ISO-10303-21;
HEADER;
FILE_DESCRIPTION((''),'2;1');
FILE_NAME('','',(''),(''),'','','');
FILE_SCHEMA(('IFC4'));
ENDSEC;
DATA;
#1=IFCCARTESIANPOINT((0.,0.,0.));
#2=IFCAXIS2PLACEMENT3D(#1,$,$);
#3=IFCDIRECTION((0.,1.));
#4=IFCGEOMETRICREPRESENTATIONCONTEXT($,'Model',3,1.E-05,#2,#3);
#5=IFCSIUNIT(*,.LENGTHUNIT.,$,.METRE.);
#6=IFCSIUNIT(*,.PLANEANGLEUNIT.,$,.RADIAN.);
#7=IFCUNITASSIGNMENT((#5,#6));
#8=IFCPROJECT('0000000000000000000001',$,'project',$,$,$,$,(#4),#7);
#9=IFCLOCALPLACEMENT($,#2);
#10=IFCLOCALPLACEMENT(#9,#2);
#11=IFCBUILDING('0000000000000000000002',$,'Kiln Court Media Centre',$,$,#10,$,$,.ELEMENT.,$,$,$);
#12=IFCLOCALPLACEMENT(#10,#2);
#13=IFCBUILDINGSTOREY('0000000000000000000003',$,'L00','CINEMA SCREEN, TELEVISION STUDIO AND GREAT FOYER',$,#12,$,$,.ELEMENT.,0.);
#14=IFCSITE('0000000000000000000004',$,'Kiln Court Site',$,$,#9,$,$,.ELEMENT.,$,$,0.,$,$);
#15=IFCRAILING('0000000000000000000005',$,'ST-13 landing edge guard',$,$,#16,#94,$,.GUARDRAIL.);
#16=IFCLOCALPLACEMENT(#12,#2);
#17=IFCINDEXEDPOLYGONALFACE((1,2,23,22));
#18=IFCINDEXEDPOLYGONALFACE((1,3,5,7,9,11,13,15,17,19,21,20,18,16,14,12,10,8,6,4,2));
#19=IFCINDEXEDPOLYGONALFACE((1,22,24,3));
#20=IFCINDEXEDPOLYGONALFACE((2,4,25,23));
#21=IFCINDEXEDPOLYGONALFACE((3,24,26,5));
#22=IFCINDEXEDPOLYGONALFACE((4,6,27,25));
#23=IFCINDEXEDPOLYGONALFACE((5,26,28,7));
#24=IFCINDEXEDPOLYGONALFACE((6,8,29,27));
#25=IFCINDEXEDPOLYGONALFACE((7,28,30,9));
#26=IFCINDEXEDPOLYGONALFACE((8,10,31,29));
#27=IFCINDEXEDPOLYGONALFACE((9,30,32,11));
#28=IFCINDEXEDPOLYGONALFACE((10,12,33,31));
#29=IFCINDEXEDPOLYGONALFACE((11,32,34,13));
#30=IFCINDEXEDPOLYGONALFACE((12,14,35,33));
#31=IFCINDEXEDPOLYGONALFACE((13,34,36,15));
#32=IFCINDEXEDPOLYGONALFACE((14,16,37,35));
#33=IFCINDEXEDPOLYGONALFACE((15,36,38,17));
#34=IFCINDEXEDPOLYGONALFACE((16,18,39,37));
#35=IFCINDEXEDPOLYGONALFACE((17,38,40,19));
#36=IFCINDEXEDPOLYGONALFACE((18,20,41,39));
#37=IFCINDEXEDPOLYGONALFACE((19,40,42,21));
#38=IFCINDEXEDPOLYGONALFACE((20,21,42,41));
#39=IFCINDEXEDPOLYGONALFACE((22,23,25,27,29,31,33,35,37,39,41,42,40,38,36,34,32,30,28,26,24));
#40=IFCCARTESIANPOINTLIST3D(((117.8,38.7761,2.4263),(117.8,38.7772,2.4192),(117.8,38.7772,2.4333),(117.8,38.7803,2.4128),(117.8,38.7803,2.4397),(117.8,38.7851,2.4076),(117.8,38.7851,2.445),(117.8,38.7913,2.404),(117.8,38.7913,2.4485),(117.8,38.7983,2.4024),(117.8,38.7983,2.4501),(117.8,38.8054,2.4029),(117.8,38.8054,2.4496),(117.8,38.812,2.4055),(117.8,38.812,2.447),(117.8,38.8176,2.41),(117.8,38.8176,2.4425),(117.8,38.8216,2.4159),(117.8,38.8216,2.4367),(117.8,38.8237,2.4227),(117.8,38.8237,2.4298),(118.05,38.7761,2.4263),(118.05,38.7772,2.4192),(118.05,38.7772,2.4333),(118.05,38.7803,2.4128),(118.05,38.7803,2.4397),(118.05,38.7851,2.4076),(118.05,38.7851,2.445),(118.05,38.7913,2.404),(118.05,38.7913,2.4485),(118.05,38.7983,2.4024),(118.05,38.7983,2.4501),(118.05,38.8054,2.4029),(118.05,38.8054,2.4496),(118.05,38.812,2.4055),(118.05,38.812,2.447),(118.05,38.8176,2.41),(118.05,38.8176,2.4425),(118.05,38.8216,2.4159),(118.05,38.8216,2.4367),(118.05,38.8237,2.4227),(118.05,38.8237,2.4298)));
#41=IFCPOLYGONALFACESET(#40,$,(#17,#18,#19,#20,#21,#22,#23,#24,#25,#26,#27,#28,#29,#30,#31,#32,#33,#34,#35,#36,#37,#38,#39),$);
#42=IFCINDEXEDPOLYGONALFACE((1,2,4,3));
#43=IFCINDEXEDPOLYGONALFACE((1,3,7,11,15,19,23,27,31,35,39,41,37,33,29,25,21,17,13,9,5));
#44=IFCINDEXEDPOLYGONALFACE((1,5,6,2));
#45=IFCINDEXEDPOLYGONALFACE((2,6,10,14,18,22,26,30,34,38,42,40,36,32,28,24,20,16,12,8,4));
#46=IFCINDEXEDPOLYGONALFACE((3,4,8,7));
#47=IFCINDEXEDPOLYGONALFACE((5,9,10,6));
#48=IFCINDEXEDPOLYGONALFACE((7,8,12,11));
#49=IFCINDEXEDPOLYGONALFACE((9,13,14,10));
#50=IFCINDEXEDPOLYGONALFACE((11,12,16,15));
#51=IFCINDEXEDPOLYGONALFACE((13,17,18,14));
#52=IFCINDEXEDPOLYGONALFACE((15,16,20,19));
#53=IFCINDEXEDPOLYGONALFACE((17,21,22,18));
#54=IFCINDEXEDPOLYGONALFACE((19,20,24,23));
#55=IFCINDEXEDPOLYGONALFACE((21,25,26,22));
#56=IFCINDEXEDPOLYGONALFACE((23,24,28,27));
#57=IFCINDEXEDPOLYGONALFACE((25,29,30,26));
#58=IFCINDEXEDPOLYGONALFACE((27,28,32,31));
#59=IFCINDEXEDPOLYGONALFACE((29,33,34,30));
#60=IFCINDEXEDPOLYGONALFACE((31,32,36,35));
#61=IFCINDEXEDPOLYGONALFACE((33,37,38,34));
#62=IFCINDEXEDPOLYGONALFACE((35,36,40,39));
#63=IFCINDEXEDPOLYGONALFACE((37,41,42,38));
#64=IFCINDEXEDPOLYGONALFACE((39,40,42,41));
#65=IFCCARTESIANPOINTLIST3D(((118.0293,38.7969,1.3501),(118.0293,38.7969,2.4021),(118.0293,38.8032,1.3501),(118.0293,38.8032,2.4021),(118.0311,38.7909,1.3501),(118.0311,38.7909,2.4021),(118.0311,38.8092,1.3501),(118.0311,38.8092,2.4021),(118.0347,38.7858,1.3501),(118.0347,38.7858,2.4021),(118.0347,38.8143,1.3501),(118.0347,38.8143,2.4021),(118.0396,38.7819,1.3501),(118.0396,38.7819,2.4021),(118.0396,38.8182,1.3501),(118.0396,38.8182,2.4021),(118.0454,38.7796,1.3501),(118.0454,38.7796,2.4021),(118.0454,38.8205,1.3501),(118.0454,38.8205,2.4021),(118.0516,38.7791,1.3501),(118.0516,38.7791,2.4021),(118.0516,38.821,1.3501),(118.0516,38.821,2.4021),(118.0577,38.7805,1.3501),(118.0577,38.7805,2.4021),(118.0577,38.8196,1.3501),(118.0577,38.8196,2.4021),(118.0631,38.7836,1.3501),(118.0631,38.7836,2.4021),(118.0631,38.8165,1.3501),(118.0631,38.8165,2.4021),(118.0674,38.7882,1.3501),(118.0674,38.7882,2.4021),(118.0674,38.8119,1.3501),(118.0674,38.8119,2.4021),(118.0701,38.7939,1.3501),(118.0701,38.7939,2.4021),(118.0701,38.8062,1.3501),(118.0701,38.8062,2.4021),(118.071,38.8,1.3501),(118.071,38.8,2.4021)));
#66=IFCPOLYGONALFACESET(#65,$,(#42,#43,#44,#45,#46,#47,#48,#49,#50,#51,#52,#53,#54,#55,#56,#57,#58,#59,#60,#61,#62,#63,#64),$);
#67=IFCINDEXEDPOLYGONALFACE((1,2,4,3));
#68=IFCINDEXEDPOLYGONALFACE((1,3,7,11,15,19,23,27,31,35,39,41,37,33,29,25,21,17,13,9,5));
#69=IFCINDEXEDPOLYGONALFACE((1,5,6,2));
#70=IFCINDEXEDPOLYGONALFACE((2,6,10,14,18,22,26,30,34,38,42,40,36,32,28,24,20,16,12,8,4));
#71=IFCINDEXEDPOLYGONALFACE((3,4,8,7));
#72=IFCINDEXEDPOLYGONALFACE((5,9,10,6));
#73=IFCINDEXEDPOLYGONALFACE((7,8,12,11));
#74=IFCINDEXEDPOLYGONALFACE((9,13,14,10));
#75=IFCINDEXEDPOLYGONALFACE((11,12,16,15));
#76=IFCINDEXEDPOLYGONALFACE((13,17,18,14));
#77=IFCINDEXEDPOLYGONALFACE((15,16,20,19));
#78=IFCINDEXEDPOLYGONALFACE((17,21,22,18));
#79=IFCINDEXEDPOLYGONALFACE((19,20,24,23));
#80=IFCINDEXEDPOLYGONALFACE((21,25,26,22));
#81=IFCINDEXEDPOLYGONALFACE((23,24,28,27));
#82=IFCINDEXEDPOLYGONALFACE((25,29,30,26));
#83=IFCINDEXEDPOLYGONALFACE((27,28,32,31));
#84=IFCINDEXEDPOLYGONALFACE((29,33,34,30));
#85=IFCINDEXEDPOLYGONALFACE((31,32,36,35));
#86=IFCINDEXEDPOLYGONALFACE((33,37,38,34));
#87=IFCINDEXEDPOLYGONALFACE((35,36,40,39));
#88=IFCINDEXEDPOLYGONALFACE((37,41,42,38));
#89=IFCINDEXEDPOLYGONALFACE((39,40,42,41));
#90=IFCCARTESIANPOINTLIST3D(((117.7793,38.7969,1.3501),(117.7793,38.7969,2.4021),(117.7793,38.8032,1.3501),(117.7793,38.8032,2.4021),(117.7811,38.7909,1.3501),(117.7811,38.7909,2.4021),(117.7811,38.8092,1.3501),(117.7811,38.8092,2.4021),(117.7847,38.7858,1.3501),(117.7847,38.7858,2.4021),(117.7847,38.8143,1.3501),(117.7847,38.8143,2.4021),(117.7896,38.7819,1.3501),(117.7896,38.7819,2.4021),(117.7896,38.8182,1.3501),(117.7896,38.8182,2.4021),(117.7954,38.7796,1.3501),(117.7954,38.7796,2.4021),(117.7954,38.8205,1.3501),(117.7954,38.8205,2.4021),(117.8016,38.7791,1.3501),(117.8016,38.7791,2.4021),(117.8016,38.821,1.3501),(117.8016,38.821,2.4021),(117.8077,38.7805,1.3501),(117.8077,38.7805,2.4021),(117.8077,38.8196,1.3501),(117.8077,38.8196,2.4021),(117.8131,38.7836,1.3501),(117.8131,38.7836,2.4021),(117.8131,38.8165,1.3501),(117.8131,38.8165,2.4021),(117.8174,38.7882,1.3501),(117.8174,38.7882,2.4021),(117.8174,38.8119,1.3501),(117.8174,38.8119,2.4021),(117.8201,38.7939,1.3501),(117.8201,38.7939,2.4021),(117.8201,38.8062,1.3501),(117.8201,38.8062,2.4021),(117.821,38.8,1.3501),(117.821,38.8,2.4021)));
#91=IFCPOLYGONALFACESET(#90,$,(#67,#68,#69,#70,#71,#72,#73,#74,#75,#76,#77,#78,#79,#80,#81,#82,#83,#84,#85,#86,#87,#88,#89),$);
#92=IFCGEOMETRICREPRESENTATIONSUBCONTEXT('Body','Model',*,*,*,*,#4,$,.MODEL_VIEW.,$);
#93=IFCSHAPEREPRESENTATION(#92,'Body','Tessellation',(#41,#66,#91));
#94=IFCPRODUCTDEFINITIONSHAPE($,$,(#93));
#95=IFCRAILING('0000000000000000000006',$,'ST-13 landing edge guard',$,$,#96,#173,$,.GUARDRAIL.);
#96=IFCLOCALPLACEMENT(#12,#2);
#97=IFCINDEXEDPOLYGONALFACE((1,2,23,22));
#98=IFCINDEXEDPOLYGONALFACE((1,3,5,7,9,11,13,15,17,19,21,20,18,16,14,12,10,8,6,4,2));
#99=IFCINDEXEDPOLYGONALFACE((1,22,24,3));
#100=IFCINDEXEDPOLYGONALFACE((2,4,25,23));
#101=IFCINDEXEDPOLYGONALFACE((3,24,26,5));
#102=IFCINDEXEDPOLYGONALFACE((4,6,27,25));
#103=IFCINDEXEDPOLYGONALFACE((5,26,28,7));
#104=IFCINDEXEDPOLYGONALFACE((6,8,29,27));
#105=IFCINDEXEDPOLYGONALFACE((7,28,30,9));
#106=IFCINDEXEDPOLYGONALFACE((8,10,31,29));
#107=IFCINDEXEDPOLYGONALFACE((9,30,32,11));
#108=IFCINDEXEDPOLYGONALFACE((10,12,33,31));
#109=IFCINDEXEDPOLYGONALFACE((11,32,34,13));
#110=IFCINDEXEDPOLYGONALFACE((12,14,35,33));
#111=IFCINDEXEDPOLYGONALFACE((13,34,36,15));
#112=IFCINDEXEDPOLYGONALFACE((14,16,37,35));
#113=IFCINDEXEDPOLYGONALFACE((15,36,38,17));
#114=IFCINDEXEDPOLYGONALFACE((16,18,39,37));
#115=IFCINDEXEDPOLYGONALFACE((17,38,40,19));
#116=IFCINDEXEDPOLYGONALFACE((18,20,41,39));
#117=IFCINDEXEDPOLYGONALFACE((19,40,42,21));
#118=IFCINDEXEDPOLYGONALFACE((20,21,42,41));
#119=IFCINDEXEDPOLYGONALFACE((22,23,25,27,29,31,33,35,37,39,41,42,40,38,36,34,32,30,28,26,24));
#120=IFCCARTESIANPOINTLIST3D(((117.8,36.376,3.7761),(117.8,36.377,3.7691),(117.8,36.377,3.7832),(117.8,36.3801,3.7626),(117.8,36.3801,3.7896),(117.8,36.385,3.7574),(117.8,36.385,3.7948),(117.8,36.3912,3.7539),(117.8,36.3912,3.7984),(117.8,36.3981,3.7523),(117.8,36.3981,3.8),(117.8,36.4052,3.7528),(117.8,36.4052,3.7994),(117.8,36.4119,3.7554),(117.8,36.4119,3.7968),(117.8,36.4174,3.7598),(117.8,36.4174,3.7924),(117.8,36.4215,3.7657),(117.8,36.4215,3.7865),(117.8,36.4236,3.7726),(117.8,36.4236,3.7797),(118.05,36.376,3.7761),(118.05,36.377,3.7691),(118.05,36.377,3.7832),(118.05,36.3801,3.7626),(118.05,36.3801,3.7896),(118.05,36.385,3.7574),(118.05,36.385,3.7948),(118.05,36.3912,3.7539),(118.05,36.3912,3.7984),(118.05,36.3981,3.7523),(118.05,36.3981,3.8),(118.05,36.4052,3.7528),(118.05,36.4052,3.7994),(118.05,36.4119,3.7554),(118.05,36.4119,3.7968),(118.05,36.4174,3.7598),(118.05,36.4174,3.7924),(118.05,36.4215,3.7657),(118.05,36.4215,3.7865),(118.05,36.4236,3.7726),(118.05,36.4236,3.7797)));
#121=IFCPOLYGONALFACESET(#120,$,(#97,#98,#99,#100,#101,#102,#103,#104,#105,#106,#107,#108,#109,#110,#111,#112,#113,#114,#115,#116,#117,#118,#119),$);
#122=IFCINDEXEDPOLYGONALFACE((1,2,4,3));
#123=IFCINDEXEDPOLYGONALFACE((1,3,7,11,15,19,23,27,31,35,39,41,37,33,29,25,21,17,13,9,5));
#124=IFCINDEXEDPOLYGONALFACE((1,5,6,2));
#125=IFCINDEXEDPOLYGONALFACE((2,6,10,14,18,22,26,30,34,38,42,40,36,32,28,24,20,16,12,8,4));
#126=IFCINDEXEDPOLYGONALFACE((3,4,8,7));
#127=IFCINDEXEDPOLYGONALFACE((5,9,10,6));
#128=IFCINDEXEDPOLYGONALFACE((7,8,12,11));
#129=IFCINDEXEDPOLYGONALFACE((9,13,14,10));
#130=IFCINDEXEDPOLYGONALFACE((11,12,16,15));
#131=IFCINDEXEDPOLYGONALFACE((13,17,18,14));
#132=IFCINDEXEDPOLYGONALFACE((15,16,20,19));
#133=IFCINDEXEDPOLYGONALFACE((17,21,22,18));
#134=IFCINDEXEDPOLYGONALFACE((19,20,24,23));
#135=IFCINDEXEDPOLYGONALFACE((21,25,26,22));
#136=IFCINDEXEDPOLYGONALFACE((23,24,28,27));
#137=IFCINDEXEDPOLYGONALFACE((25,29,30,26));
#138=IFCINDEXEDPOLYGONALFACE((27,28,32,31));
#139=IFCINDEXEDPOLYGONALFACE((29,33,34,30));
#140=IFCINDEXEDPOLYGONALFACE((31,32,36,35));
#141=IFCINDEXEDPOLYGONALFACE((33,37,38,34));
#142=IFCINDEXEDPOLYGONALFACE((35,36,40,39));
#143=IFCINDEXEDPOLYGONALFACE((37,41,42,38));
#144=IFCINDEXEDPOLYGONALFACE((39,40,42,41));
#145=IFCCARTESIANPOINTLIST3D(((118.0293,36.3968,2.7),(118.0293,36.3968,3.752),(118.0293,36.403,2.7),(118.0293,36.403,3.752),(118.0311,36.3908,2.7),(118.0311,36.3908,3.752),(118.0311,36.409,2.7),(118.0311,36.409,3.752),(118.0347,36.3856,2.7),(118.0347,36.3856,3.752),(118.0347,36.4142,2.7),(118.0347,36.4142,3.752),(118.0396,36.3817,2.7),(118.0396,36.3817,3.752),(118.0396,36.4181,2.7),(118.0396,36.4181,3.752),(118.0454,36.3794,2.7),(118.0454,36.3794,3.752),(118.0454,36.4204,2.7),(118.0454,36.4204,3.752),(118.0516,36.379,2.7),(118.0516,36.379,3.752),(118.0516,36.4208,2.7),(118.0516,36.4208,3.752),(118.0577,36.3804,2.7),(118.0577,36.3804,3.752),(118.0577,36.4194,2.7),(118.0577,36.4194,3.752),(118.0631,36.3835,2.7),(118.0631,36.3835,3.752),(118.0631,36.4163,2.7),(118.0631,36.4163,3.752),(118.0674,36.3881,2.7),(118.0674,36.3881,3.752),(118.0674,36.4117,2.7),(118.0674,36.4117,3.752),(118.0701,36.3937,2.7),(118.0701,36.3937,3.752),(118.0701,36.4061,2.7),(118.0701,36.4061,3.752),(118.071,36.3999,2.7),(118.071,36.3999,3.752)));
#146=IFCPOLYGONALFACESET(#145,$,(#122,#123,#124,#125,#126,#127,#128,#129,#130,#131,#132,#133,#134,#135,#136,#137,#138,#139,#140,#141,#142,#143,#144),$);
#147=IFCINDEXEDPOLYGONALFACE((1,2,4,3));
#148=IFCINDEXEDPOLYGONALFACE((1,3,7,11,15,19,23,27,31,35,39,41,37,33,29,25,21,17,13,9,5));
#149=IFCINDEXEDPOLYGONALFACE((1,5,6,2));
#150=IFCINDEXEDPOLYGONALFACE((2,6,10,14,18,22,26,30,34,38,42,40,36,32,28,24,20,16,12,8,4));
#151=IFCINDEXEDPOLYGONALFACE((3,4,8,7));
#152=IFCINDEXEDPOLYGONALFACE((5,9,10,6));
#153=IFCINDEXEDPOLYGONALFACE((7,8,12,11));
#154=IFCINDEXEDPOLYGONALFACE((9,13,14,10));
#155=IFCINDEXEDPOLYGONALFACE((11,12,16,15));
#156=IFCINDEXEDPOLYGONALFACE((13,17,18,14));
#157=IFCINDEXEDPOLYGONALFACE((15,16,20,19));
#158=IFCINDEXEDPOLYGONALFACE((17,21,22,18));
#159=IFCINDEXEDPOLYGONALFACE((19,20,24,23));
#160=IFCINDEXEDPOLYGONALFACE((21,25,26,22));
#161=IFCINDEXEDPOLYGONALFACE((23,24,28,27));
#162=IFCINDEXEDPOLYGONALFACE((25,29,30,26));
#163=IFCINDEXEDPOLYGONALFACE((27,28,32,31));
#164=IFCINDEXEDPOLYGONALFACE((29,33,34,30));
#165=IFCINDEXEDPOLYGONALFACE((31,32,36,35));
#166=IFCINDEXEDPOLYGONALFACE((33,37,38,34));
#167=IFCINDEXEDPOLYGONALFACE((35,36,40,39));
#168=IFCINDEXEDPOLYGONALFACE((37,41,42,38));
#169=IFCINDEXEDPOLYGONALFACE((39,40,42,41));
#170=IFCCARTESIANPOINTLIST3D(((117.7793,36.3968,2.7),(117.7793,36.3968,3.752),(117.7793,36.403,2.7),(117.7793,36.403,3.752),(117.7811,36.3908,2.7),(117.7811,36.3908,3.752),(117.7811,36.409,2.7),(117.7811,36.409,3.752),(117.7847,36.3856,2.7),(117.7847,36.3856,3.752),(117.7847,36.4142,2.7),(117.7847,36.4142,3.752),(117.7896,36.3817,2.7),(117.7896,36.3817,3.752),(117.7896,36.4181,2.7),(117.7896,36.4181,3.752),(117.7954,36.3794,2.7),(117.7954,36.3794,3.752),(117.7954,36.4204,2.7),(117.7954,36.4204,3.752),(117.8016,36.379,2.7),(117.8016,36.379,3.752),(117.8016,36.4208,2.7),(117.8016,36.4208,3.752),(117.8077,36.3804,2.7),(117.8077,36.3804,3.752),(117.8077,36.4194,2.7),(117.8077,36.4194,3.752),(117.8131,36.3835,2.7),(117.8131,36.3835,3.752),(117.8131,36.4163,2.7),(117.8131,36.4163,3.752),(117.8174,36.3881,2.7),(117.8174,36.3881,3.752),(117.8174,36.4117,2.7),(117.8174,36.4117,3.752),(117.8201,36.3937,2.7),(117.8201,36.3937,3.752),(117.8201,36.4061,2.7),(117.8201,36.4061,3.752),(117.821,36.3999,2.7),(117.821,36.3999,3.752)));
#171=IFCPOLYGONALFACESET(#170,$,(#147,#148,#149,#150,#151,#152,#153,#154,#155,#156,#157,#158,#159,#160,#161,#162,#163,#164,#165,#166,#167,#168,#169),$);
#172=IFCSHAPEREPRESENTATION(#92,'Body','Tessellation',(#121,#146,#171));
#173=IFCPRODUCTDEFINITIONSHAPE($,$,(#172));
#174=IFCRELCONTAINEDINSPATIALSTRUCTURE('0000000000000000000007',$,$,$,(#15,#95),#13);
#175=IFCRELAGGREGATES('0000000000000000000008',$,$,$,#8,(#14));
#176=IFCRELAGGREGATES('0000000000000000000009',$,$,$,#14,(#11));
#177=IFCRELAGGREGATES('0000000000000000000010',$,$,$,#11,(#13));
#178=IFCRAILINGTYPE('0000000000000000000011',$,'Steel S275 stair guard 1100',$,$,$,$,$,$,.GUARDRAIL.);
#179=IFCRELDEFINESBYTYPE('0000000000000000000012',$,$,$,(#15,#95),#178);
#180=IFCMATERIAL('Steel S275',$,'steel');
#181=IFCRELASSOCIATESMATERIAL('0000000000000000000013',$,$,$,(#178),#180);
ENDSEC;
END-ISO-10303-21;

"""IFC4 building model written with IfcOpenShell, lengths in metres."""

from ifc_helpers import new_model, si_unit, direction, frame, origin, origin_2d, place, context, subcontext, project, spatial, circle, extrude, material, type_object, element, save


model = new_model("IFC4")

# Units and contexts
model_context = context("Model", 3, precision=1e-05, world=origin(), true_north=direction((0.0, 1.0)))
body_context = subcontext(model_context, "Body", "Model", "MODEL_VIEW")
ifc_project = project(units=[si_unit("LENGTHUNIT", "METRE"), si_unit("PLANEANGLEUNIT", "RADIAN")], contexts=[model_context])

# Site, building, storey
site_placement = place(None, origin())
site = spatial("IfcSite", under=ifc_project, at=site_placement, Name="Kiln Court Site", CompositionType="ELEMENT", RefElevation=0.0)
building_placement = place(site_placement, origin())
building = spatial("IfcBuilding", under=site, at=building_placement, Name="Kiln Court Media Centre", CompositionType="ELEMENT")
storey_placement = place(building_placement, origin())
storey = spatial("IfcBuildingStorey", under=building, at=storey_placement, Name="L00", Description="CINEMA SCREEN, TELEVISION STUDIO AND GREAT FOYER", CompositionType="ELEMENT", Elevation=0.0)

# Railings
ifc_material_1 = material(Name="Steel S275", Category="steel")
railing_type_1 = type_object("IfcRailingType", Name="Steel S275 stair guard 1100", PredefinedType="GUARDRAIL", material=ifc_material_1)
for number, where, name in (
    (1, (118.05, 38.8, 1.3501), "ST-13 landing edge guard"),
    (2, (118.05, 36.3999, 2.7), "ST-13 landing edge guard"),
):
    element("IfcRailing", number, at=place(storey_placement, frame(where)), inside=storey, type_object=railing_type_1, Name=name, PredefinedType="GUARDRAIL", context=body_context, shape_type="SweptSolid", body=[
        extrude(circle(Radius=0.0239, at=origin_2d()), frame((0.0, 0.0, 1.0762), z_axis=(-1.0, 0.0, 0.0), x_axis=(0.0, -1.0, 0.0)), (0.0, 0.0, 1.0), 0.25),
        extrude(circle(Radius=0.021, at=origin_2d()), origin(), (0.0, 0.0, 1.0), 1.052),
        extrude(circle(Radius=0.021, at=origin_2d()), frame((-0.25, 0.0, 0.0)), (0.0, 0.0, 1.0), 1.052),
    ])

save(model, "model.ifc")
